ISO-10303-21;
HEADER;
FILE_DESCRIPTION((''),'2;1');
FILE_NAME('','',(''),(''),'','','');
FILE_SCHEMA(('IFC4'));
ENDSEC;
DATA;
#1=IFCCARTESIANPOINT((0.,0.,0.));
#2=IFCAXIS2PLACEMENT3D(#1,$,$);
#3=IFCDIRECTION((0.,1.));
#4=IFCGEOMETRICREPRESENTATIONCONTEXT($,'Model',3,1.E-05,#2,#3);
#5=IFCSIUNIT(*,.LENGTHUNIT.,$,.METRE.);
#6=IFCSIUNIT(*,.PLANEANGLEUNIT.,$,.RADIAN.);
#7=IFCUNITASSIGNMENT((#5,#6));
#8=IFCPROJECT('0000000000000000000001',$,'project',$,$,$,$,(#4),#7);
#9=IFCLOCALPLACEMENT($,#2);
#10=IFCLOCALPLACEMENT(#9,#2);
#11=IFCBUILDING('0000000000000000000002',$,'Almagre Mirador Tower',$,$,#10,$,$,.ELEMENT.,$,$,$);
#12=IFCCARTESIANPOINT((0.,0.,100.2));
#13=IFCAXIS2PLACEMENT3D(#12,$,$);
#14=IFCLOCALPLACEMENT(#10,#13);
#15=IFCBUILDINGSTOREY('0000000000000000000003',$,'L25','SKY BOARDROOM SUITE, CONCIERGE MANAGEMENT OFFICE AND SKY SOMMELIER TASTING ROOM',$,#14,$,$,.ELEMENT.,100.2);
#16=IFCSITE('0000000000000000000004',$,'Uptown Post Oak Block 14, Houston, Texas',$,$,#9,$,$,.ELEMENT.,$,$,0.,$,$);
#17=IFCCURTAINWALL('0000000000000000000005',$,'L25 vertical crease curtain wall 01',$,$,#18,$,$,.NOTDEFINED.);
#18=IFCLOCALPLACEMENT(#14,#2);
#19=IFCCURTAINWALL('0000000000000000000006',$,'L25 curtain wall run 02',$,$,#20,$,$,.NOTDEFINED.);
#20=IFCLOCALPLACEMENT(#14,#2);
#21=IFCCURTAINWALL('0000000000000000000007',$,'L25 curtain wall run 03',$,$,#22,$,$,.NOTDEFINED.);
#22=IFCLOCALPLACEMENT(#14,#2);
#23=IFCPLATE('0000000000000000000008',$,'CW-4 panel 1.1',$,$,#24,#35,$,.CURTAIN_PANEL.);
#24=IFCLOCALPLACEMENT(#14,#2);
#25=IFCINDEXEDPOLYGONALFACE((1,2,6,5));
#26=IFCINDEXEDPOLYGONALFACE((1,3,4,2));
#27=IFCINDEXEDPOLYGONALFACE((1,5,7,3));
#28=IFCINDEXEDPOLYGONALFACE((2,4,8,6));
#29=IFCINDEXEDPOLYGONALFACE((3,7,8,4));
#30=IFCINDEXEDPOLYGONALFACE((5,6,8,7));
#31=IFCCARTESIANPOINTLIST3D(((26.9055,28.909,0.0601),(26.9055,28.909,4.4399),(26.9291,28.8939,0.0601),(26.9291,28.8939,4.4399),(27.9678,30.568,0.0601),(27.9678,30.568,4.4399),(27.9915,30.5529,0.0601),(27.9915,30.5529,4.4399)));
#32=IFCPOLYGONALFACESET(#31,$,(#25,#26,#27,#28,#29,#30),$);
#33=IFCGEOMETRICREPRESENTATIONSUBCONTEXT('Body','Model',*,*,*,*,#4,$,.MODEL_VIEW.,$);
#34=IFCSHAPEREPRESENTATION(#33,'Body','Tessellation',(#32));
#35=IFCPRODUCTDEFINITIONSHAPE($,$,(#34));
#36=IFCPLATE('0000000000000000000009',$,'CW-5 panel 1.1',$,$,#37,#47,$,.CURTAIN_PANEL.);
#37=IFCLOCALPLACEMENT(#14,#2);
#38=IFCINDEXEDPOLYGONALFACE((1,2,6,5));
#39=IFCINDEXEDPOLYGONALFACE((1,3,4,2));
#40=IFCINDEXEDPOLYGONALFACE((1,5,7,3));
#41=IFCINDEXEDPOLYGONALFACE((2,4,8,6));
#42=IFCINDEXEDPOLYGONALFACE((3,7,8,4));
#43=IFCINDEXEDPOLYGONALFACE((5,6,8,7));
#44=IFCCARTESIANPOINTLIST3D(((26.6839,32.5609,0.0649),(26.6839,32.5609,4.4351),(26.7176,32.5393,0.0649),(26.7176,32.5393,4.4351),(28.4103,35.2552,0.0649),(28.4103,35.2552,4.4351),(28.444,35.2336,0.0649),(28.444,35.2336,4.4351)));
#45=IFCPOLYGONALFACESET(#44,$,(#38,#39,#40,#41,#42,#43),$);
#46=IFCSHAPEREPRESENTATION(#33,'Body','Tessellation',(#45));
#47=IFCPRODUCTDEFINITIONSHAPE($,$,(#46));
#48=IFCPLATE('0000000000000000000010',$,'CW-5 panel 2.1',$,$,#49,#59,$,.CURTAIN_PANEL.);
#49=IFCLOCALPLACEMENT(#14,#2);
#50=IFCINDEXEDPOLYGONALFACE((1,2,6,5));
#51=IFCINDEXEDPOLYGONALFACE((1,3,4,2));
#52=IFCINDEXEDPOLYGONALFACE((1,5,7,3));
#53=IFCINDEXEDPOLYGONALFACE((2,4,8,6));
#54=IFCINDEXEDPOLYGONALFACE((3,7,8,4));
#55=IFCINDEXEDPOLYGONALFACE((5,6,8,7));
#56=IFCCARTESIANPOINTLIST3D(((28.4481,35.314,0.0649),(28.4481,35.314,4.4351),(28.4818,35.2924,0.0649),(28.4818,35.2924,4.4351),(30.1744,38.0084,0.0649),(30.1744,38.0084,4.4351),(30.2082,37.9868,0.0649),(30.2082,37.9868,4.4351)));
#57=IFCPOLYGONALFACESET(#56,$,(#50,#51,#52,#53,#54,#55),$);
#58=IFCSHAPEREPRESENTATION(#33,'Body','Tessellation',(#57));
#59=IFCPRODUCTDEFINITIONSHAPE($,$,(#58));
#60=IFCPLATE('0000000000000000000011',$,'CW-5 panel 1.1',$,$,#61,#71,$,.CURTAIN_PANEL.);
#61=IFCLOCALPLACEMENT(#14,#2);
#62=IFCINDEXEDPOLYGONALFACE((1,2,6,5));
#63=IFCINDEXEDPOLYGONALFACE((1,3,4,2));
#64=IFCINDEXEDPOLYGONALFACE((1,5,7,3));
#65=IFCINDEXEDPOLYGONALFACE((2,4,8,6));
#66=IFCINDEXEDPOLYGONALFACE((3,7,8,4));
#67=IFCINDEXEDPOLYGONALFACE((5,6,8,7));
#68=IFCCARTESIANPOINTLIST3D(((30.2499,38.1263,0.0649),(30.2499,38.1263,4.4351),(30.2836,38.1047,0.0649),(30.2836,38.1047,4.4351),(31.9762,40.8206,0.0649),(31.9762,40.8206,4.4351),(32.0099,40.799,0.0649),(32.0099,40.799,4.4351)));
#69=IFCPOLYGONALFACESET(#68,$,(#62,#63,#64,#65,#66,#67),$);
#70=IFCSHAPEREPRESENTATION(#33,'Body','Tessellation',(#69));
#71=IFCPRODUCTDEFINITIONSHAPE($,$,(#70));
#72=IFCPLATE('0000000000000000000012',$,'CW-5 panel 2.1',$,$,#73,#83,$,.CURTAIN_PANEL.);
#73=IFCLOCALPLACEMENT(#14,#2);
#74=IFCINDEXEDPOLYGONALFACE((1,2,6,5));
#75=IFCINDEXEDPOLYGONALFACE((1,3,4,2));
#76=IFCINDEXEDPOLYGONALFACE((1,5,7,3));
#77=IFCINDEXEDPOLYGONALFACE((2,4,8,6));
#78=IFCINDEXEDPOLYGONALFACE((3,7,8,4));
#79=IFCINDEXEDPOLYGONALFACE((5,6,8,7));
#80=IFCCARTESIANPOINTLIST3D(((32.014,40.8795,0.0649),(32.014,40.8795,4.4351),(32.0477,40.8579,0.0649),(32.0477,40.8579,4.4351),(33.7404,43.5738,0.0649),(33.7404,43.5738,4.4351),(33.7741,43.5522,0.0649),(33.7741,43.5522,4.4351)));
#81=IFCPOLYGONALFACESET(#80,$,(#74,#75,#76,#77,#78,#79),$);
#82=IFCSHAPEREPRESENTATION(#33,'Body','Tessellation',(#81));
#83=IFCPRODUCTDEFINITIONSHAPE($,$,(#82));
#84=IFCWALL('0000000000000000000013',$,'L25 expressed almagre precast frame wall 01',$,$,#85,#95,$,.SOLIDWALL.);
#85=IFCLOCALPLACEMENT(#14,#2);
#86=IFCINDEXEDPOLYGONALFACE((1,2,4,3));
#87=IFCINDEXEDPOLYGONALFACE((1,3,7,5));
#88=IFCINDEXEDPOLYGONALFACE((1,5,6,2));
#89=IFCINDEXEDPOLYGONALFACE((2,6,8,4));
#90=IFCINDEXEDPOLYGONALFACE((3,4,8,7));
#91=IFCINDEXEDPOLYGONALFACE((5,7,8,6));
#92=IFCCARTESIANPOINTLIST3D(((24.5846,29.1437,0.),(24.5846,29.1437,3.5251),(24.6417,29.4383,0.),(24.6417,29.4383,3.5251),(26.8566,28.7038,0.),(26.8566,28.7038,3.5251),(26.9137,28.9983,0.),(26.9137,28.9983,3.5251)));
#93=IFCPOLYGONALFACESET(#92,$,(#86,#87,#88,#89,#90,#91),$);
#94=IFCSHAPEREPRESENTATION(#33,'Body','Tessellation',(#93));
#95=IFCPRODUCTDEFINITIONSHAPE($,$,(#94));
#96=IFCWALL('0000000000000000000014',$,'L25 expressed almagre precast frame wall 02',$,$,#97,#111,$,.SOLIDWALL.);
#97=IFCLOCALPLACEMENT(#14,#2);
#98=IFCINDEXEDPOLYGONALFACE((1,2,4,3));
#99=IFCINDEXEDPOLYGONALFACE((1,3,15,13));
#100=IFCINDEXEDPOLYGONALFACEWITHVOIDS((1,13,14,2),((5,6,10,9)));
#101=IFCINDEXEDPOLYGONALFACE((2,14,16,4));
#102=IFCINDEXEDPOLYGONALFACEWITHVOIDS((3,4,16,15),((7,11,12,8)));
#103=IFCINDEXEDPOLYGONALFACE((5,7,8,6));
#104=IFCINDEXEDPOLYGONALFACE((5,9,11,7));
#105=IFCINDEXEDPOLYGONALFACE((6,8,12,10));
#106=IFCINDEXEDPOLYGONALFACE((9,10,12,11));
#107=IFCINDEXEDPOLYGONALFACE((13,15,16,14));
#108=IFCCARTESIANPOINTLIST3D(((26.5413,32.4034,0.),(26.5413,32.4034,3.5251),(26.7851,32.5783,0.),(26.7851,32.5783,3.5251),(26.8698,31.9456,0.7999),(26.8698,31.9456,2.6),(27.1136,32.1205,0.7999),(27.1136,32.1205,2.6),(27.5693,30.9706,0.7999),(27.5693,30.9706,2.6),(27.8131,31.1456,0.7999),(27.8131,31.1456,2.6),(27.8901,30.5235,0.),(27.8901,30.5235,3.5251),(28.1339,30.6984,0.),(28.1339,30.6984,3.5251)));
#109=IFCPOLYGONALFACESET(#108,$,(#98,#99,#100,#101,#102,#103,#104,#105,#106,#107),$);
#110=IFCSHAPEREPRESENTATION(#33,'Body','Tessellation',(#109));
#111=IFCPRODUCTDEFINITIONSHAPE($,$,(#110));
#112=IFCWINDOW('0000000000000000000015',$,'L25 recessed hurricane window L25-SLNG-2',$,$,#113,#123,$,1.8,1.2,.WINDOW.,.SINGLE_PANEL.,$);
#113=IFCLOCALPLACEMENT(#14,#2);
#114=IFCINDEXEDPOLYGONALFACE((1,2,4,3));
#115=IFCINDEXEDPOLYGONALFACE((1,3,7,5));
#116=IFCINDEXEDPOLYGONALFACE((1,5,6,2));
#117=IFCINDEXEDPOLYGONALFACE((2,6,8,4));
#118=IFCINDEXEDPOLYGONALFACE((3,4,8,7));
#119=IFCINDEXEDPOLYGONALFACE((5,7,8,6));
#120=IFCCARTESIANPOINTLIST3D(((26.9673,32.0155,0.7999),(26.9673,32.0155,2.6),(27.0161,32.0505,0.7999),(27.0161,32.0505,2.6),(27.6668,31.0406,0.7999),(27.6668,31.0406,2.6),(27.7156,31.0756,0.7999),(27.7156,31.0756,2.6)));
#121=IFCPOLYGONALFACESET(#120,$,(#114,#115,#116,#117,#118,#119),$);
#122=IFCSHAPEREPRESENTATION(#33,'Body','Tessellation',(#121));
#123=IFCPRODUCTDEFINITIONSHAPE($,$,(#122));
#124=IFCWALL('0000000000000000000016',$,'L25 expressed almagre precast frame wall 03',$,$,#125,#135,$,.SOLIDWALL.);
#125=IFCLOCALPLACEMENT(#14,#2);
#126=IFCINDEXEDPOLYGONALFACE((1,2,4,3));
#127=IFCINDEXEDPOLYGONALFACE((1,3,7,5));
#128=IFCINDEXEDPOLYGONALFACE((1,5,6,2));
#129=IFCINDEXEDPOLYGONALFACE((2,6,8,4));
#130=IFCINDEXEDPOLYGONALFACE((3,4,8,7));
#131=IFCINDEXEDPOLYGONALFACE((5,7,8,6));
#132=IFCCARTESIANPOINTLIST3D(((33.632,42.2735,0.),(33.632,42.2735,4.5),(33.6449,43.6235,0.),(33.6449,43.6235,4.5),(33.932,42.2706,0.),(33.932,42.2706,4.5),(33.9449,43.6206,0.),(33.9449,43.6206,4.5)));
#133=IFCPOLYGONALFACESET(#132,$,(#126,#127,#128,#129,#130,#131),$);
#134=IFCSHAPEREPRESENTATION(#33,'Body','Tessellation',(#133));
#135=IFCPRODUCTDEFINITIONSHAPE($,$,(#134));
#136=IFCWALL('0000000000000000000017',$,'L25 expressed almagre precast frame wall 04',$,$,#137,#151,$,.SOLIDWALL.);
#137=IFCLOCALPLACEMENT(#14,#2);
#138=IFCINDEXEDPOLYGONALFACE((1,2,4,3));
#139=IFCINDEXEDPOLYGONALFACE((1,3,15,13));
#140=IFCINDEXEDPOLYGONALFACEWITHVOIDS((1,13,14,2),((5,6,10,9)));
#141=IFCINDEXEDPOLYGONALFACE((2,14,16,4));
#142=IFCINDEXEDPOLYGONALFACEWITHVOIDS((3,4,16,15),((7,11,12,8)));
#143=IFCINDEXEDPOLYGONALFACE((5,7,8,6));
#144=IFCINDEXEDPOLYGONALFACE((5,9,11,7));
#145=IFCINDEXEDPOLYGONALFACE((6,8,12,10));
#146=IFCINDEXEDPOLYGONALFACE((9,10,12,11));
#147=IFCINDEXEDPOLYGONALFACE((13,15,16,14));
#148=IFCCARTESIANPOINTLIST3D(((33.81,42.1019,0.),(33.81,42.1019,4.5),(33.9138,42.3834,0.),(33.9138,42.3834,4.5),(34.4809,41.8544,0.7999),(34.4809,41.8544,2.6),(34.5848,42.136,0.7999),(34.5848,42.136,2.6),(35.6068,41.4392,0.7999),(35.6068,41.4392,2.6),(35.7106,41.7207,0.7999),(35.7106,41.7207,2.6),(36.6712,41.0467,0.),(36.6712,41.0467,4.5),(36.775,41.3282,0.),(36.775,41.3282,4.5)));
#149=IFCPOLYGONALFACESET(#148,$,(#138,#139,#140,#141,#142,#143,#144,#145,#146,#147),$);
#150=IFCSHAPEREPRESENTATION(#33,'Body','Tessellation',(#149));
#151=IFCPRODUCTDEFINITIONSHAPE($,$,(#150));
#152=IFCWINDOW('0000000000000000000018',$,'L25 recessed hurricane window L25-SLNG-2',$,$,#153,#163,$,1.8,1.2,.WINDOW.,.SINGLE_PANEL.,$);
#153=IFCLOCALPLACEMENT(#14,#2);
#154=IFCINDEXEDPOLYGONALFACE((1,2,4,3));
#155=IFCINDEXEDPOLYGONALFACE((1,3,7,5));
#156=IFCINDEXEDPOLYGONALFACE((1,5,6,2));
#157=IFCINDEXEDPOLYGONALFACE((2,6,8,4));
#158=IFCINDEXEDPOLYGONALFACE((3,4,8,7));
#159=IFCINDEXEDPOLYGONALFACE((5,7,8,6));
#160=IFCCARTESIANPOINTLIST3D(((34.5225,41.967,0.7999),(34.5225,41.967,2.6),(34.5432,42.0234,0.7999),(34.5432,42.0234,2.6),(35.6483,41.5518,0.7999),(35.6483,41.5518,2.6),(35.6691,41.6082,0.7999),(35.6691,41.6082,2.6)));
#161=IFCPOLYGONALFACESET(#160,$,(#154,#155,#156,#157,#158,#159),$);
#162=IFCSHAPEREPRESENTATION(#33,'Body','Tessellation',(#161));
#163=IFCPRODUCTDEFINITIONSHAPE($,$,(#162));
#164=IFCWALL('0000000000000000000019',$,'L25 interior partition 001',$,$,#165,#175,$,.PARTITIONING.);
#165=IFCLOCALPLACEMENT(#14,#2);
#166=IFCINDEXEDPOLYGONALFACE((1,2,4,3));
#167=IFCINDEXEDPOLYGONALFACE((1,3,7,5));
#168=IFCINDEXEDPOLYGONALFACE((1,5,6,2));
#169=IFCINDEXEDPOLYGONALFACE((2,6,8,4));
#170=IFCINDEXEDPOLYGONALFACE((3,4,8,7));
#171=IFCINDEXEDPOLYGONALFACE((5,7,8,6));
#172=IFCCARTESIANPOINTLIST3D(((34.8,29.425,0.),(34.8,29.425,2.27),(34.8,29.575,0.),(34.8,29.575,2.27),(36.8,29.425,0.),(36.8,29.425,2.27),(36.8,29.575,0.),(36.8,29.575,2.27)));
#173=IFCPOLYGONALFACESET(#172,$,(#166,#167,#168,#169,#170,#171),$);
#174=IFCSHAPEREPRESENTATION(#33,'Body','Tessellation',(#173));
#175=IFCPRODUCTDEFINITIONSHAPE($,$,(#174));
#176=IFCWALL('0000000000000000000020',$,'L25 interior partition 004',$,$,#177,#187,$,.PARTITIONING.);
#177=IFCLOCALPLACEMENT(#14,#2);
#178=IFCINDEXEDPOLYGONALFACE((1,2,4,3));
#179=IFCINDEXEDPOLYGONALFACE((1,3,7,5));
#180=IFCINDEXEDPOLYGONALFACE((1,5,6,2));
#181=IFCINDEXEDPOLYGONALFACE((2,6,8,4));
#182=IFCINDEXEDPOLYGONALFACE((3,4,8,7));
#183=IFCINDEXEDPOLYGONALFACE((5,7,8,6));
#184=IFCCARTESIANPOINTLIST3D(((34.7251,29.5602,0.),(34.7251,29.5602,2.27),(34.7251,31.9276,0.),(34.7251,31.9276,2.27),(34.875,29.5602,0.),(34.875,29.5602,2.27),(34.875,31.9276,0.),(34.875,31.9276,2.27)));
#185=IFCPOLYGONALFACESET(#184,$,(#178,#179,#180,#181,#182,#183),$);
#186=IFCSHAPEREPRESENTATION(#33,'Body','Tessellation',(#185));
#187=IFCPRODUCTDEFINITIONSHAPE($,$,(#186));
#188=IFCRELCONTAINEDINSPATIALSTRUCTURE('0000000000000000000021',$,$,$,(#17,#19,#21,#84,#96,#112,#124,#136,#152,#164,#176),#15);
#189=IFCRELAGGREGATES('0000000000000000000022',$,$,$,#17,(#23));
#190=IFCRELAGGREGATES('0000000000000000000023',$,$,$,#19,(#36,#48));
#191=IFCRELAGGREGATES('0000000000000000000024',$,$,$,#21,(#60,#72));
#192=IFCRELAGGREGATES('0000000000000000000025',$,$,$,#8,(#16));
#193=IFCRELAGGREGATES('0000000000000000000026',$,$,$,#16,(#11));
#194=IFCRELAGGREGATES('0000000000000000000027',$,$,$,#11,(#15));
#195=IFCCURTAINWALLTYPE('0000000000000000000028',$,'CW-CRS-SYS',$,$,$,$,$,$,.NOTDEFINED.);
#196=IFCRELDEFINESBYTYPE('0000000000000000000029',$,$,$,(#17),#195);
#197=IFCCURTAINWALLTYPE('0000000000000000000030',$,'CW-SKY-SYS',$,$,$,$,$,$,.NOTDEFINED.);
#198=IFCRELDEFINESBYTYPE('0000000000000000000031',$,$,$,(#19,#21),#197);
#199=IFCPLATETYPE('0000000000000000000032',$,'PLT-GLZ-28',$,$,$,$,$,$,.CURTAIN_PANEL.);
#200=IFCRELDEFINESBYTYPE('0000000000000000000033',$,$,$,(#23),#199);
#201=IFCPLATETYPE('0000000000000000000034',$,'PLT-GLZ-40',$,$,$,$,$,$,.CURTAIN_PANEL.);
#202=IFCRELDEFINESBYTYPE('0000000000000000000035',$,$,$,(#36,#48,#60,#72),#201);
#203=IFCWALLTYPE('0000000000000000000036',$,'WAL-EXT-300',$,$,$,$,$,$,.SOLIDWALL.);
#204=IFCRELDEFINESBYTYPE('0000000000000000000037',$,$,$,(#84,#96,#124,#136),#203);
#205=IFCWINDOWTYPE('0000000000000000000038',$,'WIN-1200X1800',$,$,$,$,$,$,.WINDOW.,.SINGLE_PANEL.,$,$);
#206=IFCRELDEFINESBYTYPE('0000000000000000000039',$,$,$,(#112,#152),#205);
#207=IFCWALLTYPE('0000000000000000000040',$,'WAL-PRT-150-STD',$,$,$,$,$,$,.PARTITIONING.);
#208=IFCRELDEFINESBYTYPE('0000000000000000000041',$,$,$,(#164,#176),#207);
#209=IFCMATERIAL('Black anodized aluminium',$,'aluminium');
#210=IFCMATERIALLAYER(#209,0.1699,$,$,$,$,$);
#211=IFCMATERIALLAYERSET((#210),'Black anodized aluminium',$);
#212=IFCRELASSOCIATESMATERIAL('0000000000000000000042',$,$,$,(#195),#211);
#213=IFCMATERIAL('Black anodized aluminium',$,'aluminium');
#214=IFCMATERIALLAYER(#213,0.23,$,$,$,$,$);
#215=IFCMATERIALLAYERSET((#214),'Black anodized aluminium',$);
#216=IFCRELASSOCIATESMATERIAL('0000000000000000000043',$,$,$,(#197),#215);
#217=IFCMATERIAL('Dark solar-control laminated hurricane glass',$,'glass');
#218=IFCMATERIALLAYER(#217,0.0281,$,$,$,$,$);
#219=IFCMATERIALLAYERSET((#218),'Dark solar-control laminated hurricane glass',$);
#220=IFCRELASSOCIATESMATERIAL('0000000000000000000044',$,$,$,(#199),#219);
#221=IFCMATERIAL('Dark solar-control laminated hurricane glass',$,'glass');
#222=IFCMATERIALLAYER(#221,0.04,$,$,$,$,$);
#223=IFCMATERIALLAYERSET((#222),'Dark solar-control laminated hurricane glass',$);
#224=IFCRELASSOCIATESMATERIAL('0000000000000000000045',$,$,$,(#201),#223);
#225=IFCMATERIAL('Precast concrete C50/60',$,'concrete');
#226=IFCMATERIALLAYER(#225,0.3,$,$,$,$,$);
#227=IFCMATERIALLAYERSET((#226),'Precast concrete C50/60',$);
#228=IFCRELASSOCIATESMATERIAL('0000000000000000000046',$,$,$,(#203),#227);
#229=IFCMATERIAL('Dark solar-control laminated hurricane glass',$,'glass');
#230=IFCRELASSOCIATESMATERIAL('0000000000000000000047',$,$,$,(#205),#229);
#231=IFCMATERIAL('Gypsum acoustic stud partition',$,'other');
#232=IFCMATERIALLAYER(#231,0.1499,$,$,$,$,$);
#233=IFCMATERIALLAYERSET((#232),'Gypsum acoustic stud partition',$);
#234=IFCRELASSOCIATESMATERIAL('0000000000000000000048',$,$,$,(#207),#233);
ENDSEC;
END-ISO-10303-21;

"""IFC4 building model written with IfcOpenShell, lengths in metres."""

from ifc_helpers import new_model, si_unit, direction, frame, frame_2d, origin, origin_2d, place, context, subcontext, project, spatial, rectangle, extrude, material, layer, layer_set, type_object, element, fill, aggregate, save


model = new_model("IFC4")

# Units and contexts
model_context = context("Model", 3, precision=1e-05, world=origin(), true_north=direction((0.0, 1.0)))
body_context = subcontext(model_context, "Body", "Model", "MODEL_VIEW")
ifc_project = project(units=[si_unit("LENGTHUNIT", "METRE"), si_unit("PLANEANGLEUNIT", "RADIAN")], contexts=[model_context])

# Site, building, storey
site_placement = place(None, origin())
site = spatial("IfcSite", under=ifc_project, at=site_placement, Name="Uptown Post Oak Block 14, Houston, Texas", CompositionType="ELEMENT", RefElevation=0.0)
building_placement = place(site_placement, origin())
building = spatial("IfcBuilding", under=site, at=building_placement, Name="Almagre Mirador Tower", CompositionType="ELEMENT")
storey_placement = place(building_placement, frame((0.0, 0.0, 100.2)))
storey = spatial("IfcBuildingStorey", under=building, at=storey_placement, Name="L25", Description="SKY BOARDROOM SUITE, CONCIERGE MANAGEMENT OFFICE AND SKY SOMMELIER TASTING ROOM", CompositionType="ELEMENT", Elevation=100.2)

# Curtain wall
ifc_material_1 = material(Name="Black anodized aluminium", Category="aluminium")
ifc_layer_1 = layer(ifc_material_1, 0.1699)
ifc_layer_set_1 = layer_set([ifc_layer_1], Name="Black anodized aluminium")
curtain_wall_type_1 = type_object("IfcCurtainWallType", Name="CW-CRS-SYS", PredefinedType="NOTDEFINED", material=ifc_layer_set_1)
curtain_wall_1_placement = place(storey_placement, origin())
curtain_wall_1 = element("IfcCurtainWall", 1, at=curtain_wall_1_placement, inside=storey, type_object=curtain_wall_type_1, Name="L25 vertical crease curtain wall 01", PredefinedType="NOTDEFINED")

# Curtain walls
ifc_material_2 = material(Name="Black anodized aluminium", Category="aluminium")
ifc_layer_2 = layer(ifc_material_2, 0.23)
ifc_layer_set_2 = layer_set([ifc_layer_2], Name="Black anodized aluminium")
curtain_wall_type_2 = type_object("IfcCurtainWallType", Name="CW-SKY-SYS", PredefinedType="NOTDEFINED", material=ifc_layer_set_2)
curtain_wall_2_placement = place(storey_placement, origin())
curtain_wall_2 = element("IfcCurtainWall", 2, at=curtain_wall_2_placement, inside=storey, type_object=curtain_wall_type_2, Name="L25 curtain wall run 02", PredefinedType="NOTDEFINED")
curtain_wall_3_placement = place(storey_placement, origin())
curtain_wall_3 = element("IfcCurtainWall", 3, at=curtain_wall_3_placement, inside=storey, type_object=curtain_wall_type_2, Name="L25 curtain wall run 03", PredefinedType="NOTDEFINED")

# Plates
ifc_material_3 = material(Name="Dark solar-control laminated hurricane glass", Category="glass")
ifc_layer_3 = layer(ifc_material_3, 0.0281)
ifc_layer_set_3 = layer_set([ifc_layer_3], Name="Dark solar-control laminated hurricane glass")
plate_type_1 = type_object("IfcPlateType", Name="PLT-GLZ-28", PredefinedType="CURTAIN_PANEL", material=ifc_layer_set_3)
plate_1_placement = place(storey_placement, frame((27.4485, 29.731, 0.0601), z_axis=(0.0, 0.0, 1.0), x_axis=(0.539257, 0.842141, 0.0)))
plate_1 = element("IfcPlate", 4, at=plate_1_placement, type_object=plate_type_1, Name="CW-4 panel 1.1", PredefinedType="CURTAIN_PANEL", context=body_context, shape_type="SweptSolid", body=[
    extrude(rectangle(XDim=1.97, YDim=0.0281, at=origin_2d()), origin(), (0.0, 0.0, 1.0), 4.3799),
])
aggregate(curtain_wall_1, [plate_1])
ifc_material_4 = material(Name="Dark solar-control laminated hurricane glass", Category="glass")
ifc_layer_4 = layer(ifc_material_4, 0.04)
ifc_layer_set_4 = layer_set([ifc_layer_4], Name="Dark solar-control laminated hurricane glass")
plate_type_2 = type_object("IfcPlateType", Name="PLT-GLZ-40", PredefinedType="CURTAIN_PANEL", material=ifc_layer_set_4)
plate_2_placement = place(storey_placement, frame((27.564, 33.8972, 0.0649), z_axis=(0.0, 0.0, 1.0), x_axis=(0.539492, 0.841991, 0.0)))
plate_2 = element("IfcPlate", 5, at=plate_2_placement, type_object=plate_type_2, Name="CW-5 panel 1.1", PredefinedType="CURTAIN_PANEL", context=body_context, shape_type="SweptSolid", body=[
    extrude(rectangle(XDim=3.2, YDim=0.04, at=origin_2d()), origin(), (0.0, 0.0, 1.0), 4.3701),
])
plate_3_placement = place(storey_placement, frame((29.3281, 36.6504, 0.0649), z_axis=(0.0, 0.0, 1.0), x_axis=(0.539492, 0.841991, 0.0)))
plate_3 = element("IfcPlate", 6, at=plate_3_placement, type_object=plate_type_2, Name="CW-5 panel 2.1", PredefinedType="CURTAIN_PANEL", context=body_context, shape_type="SweptSolid", body=[
    extrude(rectangle(XDim=3.2, YDim=0.04, at=origin_2d()), origin(), (0.0, 0.0, 1.0), 4.3701),
])
aggregate(curtain_wall_2, [plate_2, plate_3])
plate_4_placement = place(storey_placement, frame((31.1299, 39.4626, 0.0649), z_axis=(0.0, 0.0, 1.0), x_axis=(0.539492, 0.841991, 0.0)))
plate_4 = element("IfcPlate", 7, at=plate_4_placement, type_object=plate_type_2, Name="CW-5 panel 1.1", PredefinedType="CURTAIN_PANEL", context=body_context, shape_type="SweptSolid", body=[
    extrude(rectangle(XDim=3.2, YDim=0.04, at=origin_2d()), origin(), (0.0, 0.0, 1.0), 4.3701),
])
plate_5_placement = place(storey_placement, frame((32.894, 42.2158, 0.0649), z_axis=(0.0, 0.0, 1.0), x_axis=(0.539492, 0.841991, 0.0)))
plate_5 = element("IfcPlate", 8, at=plate_5_placement, type_object=plate_type_2, Name="CW-5 panel 2.1", PredefinedType="CURTAIN_PANEL", context=body_context, shape_type="SweptSolid", body=[
    extrude(rectangle(XDim=3.2, YDim=0.04, at=origin_2d()), origin(), (0.0, 0.0, 1.0), 4.3701),
])
aggregate(curtain_wall_3, [plate_4, plate_5])

# Wall
ifc_material_5 = material(Name="Precast concrete C50/60", Category="concrete")
ifc_layer_5 = layer(ifc_material_5, 0.3)
ifc_layer_set_5 = layer_set([ifc_layer_5], Name="Precast concrete C50/60")
wall_type_1 = type_object("IfcWallType", Name="WAL-EXT-300", PredefinedType="SOLIDWALL", material=ifc_layer_set_5)
wall_1_placement = place(storey_placement, frame((24.613, 29.291, 0.0), z_axis=(0.0, 0.0, 1.0), x_axis=(0.981763, -0.190107, 0.0)))
element("IfcWall", 9, at=wall_1_placement, inside=storey, type_object=wall_type_1, Name="L25 expressed almagre precast frame wall 01", PredefinedType="SOLIDWALL", context=body_context, shape_type="SweptSolid", body=[
    extrude(rectangle(XDim=2.3142, YDim=0.3, at=frame_2d((1.1572, 0.0))), origin(), (0.0, 0.0, 1.0), 3.5251),
])

# Wall, opening, window
wall_2_placement = place(storey_placement, frame((28.012, 30.6111, 0.0), z_axis=(0.0, 0.0, 1.0), x_axis=(-0.582984, 0.812484, 0.0)))
wall_2 = element("IfcWall", 10, at=wall_2_placement, inside=storey, type_object=wall_type_1, Name="L25 expressed almagre precast frame wall 02", PredefinedType="SOLIDWALL", context=body_context, shape_type="SweptSolid", body=[
    extrude(rectangle(XDim=2.3137, YDim=0.3, at=frame_2d((1.1567, 0.0))), origin(), (0.0, 0.0, 1.0), 3.5251),
])
opening_1_placement = place(wall_2_placement, frame((0.55, 0.0, 0.8)))
opening_1 = element("IfcOpeningElement", 11, at=opening_1_placement, cuts=wall_2, PredefinedType="OPENING", context=body_context, shape_type="SweptSolid", body=[
    extrude(rectangle(XDim=1.2, YDim=1.8, at=frame_2d((0.6001, 0.8999))), frame((0.0, 0.1599, 0.0), z_axis=(0.0, -1.0, 0.0), x_axis=(1.0, 0.0, 0.0)), (0.0, 0.0, 1.0), 0.32),
])
ifc_material_6 = material(Name="Dark solar-control laminated hurricane glass", Category="glass")
window_type = type_object("IfcWindowType", Name="WIN-1200X1800", PartitioningType="SINGLE_PANEL", PredefinedType="WINDOW", material=ifc_material_6)
window_1_placement = place(opening_1_placement, origin())
window_1 = element("IfcWindow", 12, at=window_1_placement, inside=storey, type_object=window_type, Name="L25 recessed hurricane window L25-SLNG-2", OverallHeight=1.8, OverallWidth=1.2, PartitioningType="SINGLE_PANEL", PredefinedType="WINDOW", context=body_context, shape_type="SweptSolid", body=[
    extrude(rectangle(XDim=1.2, YDim=1.8, at=frame_2d((0.6001, 0.8999))), frame((0.0, 0.03, 0.0), z_axis=(0.0, -1.0, 0.0), x_axis=(1.0, 0.0, 0.0)), (0.0, 0.0, 1.0), 0.0601),
])
fill(opening_1, window_1)

# Wall
wall_3_placement = place(storey_placement, frame((33.7949, 43.6221, 0.0), z_axis=(0.0, 0.0, 1.0), x_axis=(-0.009584, -0.999954, 0.0)))
element("IfcWall", 13, at=wall_3_placement, inside=storey, type_object=wall_type_1, Name="L25 expressed almagre precast frame wall 03", PredefinedType="SOLIDWALL", context=body_context, shape_type="SweptSolid", body=[
    extrude(rectangle(XDim=1.3501, YDim=0.3, at=frame_2d((0.675, 0.0))), origin(), (0.0, 0.0, 1.0), 4.5),
])

# Wall, opening, window
wall_4_placement = place(storey_placement, frame((33.8618, 42.2427, 0.0), z_axis=(0.0, 0.0, 1.0), x_axis=(0.938227, -0.346021, 0.0)))
wall_4 = element("IfcWall", 14, at=wall_4_placement, inside=storey, type_object=wall_type_1, Name="L25 expressed almagre precast frame wall 04", PredefinedType="SOLIDWALL", context=body_context, shape_type="SweptSolid", body=[
    extrude(rectangle(XDim=3.0496, YDim=0.3, at=frame_2d((1.5249, 0.0))), origin(), (0.0, 0.0, 1.0), 4.5),
])
opening_2_placement = place(wall_4_placement, frame((0.7151, 0.0, 0.8)))
opening_2 = element("IfcOpeningElement", 15, at=opening_2_placement, cuts=wall_4, PredefinedType="OPENING", context=body_context, shape_type="SweptSolid", body=[
    extrude(rectangle(XDim=1.2, YDim=1.8, at=frame_2d((0.6001, 0.8999))), frame((0.0, 0.1599, 0.0), z_axis=(0.0, -1.0, 0.0), x_axis=(1.0, 0.0, 0.0)), (0.0, 0.0, 1.0), 0.32),
])
window_2_placement = place(opening_2_placement, origin())
window_2 = element("IfcWindow", 16, at=window_2_placement, inside=storey, type_object=window_type, Name="L25 recessed hurricane window L25-SLNG-2", OverallHeight=1.8, OverallWidth=1.2, PartitioningType="SINGLE_PANEL", PredefinedType="WINDOW", context=body_context, shape_type="SweptSolid", body=[
    extrude(rectangle(XDim=1.2, YDim=1.8, at=frame_2d((0.6001, 0.8999))), frame((0.0, 0.03, 0.0), z_axis=(0.0, -1.0, 0.0), x_axis=(1.0, 0.0, 0.0)), (0.0, 0.0, 1.0), 0.0601),
])
fill(opening_2, window_2)

# Walls
ifc_material_7 = material(Name="Gypsum acoustic stud partition", Category="other")
ifc_layer_6 = layer(ifc_material_7, 0.1499)
ifc_layer_set_6 = layer_set([ifc_layer_6], Name="Gypsum acoustic stud partition")
wall_type_2 = type_object("IfcWallType", Name="WAL-PRT-150-STD", PredefinedType="PARTITIONING", material=ifc_layer_set_6)
wall_5_placement = place(storey_placement, frame((34.8, 29.5, 0.0), z_axis=(0.0, 0.0, 1.0), x_axis=(1.0, 0.0, 0.0)))
element("IfcWall", 17, at=wall_5_placement, inside=storey, type_object=wall_type_2, Name="L25 interior partition 001", PredefinedType="PARTITIONING", context=body_context, shape_type="SweptSolid", body=[
    extrude(rectangle(XDim=2.0, YDim=0.1499, at=frame_2d((1.0, 0.0))), origin(), (0.0, 0.0, 1.0), 2.27),
])
wall_6_placement = place(storey_placement, frame((34.8, 31.9275, 0.0), z_axis=(0.0, 0.0, 1.0), x_axis=(0.0, -1.0, 0.0)))
element("IfcWall", 18, at=wall_6_placement, inside=storey, type_object=wall_type_2, Name="L25 interior partition 004", PredefinedType="PARTITIONING", context=body_context, shape_type="SweptSolid", body=[
    extrude(rectangle(XDim=2.3674, YDim=0.1499, at=frame_2d((1.1836, 0.0))), origin(), (0.0, 0.0, 1.0), 2.27),
])

save(model, "model.ifc")
